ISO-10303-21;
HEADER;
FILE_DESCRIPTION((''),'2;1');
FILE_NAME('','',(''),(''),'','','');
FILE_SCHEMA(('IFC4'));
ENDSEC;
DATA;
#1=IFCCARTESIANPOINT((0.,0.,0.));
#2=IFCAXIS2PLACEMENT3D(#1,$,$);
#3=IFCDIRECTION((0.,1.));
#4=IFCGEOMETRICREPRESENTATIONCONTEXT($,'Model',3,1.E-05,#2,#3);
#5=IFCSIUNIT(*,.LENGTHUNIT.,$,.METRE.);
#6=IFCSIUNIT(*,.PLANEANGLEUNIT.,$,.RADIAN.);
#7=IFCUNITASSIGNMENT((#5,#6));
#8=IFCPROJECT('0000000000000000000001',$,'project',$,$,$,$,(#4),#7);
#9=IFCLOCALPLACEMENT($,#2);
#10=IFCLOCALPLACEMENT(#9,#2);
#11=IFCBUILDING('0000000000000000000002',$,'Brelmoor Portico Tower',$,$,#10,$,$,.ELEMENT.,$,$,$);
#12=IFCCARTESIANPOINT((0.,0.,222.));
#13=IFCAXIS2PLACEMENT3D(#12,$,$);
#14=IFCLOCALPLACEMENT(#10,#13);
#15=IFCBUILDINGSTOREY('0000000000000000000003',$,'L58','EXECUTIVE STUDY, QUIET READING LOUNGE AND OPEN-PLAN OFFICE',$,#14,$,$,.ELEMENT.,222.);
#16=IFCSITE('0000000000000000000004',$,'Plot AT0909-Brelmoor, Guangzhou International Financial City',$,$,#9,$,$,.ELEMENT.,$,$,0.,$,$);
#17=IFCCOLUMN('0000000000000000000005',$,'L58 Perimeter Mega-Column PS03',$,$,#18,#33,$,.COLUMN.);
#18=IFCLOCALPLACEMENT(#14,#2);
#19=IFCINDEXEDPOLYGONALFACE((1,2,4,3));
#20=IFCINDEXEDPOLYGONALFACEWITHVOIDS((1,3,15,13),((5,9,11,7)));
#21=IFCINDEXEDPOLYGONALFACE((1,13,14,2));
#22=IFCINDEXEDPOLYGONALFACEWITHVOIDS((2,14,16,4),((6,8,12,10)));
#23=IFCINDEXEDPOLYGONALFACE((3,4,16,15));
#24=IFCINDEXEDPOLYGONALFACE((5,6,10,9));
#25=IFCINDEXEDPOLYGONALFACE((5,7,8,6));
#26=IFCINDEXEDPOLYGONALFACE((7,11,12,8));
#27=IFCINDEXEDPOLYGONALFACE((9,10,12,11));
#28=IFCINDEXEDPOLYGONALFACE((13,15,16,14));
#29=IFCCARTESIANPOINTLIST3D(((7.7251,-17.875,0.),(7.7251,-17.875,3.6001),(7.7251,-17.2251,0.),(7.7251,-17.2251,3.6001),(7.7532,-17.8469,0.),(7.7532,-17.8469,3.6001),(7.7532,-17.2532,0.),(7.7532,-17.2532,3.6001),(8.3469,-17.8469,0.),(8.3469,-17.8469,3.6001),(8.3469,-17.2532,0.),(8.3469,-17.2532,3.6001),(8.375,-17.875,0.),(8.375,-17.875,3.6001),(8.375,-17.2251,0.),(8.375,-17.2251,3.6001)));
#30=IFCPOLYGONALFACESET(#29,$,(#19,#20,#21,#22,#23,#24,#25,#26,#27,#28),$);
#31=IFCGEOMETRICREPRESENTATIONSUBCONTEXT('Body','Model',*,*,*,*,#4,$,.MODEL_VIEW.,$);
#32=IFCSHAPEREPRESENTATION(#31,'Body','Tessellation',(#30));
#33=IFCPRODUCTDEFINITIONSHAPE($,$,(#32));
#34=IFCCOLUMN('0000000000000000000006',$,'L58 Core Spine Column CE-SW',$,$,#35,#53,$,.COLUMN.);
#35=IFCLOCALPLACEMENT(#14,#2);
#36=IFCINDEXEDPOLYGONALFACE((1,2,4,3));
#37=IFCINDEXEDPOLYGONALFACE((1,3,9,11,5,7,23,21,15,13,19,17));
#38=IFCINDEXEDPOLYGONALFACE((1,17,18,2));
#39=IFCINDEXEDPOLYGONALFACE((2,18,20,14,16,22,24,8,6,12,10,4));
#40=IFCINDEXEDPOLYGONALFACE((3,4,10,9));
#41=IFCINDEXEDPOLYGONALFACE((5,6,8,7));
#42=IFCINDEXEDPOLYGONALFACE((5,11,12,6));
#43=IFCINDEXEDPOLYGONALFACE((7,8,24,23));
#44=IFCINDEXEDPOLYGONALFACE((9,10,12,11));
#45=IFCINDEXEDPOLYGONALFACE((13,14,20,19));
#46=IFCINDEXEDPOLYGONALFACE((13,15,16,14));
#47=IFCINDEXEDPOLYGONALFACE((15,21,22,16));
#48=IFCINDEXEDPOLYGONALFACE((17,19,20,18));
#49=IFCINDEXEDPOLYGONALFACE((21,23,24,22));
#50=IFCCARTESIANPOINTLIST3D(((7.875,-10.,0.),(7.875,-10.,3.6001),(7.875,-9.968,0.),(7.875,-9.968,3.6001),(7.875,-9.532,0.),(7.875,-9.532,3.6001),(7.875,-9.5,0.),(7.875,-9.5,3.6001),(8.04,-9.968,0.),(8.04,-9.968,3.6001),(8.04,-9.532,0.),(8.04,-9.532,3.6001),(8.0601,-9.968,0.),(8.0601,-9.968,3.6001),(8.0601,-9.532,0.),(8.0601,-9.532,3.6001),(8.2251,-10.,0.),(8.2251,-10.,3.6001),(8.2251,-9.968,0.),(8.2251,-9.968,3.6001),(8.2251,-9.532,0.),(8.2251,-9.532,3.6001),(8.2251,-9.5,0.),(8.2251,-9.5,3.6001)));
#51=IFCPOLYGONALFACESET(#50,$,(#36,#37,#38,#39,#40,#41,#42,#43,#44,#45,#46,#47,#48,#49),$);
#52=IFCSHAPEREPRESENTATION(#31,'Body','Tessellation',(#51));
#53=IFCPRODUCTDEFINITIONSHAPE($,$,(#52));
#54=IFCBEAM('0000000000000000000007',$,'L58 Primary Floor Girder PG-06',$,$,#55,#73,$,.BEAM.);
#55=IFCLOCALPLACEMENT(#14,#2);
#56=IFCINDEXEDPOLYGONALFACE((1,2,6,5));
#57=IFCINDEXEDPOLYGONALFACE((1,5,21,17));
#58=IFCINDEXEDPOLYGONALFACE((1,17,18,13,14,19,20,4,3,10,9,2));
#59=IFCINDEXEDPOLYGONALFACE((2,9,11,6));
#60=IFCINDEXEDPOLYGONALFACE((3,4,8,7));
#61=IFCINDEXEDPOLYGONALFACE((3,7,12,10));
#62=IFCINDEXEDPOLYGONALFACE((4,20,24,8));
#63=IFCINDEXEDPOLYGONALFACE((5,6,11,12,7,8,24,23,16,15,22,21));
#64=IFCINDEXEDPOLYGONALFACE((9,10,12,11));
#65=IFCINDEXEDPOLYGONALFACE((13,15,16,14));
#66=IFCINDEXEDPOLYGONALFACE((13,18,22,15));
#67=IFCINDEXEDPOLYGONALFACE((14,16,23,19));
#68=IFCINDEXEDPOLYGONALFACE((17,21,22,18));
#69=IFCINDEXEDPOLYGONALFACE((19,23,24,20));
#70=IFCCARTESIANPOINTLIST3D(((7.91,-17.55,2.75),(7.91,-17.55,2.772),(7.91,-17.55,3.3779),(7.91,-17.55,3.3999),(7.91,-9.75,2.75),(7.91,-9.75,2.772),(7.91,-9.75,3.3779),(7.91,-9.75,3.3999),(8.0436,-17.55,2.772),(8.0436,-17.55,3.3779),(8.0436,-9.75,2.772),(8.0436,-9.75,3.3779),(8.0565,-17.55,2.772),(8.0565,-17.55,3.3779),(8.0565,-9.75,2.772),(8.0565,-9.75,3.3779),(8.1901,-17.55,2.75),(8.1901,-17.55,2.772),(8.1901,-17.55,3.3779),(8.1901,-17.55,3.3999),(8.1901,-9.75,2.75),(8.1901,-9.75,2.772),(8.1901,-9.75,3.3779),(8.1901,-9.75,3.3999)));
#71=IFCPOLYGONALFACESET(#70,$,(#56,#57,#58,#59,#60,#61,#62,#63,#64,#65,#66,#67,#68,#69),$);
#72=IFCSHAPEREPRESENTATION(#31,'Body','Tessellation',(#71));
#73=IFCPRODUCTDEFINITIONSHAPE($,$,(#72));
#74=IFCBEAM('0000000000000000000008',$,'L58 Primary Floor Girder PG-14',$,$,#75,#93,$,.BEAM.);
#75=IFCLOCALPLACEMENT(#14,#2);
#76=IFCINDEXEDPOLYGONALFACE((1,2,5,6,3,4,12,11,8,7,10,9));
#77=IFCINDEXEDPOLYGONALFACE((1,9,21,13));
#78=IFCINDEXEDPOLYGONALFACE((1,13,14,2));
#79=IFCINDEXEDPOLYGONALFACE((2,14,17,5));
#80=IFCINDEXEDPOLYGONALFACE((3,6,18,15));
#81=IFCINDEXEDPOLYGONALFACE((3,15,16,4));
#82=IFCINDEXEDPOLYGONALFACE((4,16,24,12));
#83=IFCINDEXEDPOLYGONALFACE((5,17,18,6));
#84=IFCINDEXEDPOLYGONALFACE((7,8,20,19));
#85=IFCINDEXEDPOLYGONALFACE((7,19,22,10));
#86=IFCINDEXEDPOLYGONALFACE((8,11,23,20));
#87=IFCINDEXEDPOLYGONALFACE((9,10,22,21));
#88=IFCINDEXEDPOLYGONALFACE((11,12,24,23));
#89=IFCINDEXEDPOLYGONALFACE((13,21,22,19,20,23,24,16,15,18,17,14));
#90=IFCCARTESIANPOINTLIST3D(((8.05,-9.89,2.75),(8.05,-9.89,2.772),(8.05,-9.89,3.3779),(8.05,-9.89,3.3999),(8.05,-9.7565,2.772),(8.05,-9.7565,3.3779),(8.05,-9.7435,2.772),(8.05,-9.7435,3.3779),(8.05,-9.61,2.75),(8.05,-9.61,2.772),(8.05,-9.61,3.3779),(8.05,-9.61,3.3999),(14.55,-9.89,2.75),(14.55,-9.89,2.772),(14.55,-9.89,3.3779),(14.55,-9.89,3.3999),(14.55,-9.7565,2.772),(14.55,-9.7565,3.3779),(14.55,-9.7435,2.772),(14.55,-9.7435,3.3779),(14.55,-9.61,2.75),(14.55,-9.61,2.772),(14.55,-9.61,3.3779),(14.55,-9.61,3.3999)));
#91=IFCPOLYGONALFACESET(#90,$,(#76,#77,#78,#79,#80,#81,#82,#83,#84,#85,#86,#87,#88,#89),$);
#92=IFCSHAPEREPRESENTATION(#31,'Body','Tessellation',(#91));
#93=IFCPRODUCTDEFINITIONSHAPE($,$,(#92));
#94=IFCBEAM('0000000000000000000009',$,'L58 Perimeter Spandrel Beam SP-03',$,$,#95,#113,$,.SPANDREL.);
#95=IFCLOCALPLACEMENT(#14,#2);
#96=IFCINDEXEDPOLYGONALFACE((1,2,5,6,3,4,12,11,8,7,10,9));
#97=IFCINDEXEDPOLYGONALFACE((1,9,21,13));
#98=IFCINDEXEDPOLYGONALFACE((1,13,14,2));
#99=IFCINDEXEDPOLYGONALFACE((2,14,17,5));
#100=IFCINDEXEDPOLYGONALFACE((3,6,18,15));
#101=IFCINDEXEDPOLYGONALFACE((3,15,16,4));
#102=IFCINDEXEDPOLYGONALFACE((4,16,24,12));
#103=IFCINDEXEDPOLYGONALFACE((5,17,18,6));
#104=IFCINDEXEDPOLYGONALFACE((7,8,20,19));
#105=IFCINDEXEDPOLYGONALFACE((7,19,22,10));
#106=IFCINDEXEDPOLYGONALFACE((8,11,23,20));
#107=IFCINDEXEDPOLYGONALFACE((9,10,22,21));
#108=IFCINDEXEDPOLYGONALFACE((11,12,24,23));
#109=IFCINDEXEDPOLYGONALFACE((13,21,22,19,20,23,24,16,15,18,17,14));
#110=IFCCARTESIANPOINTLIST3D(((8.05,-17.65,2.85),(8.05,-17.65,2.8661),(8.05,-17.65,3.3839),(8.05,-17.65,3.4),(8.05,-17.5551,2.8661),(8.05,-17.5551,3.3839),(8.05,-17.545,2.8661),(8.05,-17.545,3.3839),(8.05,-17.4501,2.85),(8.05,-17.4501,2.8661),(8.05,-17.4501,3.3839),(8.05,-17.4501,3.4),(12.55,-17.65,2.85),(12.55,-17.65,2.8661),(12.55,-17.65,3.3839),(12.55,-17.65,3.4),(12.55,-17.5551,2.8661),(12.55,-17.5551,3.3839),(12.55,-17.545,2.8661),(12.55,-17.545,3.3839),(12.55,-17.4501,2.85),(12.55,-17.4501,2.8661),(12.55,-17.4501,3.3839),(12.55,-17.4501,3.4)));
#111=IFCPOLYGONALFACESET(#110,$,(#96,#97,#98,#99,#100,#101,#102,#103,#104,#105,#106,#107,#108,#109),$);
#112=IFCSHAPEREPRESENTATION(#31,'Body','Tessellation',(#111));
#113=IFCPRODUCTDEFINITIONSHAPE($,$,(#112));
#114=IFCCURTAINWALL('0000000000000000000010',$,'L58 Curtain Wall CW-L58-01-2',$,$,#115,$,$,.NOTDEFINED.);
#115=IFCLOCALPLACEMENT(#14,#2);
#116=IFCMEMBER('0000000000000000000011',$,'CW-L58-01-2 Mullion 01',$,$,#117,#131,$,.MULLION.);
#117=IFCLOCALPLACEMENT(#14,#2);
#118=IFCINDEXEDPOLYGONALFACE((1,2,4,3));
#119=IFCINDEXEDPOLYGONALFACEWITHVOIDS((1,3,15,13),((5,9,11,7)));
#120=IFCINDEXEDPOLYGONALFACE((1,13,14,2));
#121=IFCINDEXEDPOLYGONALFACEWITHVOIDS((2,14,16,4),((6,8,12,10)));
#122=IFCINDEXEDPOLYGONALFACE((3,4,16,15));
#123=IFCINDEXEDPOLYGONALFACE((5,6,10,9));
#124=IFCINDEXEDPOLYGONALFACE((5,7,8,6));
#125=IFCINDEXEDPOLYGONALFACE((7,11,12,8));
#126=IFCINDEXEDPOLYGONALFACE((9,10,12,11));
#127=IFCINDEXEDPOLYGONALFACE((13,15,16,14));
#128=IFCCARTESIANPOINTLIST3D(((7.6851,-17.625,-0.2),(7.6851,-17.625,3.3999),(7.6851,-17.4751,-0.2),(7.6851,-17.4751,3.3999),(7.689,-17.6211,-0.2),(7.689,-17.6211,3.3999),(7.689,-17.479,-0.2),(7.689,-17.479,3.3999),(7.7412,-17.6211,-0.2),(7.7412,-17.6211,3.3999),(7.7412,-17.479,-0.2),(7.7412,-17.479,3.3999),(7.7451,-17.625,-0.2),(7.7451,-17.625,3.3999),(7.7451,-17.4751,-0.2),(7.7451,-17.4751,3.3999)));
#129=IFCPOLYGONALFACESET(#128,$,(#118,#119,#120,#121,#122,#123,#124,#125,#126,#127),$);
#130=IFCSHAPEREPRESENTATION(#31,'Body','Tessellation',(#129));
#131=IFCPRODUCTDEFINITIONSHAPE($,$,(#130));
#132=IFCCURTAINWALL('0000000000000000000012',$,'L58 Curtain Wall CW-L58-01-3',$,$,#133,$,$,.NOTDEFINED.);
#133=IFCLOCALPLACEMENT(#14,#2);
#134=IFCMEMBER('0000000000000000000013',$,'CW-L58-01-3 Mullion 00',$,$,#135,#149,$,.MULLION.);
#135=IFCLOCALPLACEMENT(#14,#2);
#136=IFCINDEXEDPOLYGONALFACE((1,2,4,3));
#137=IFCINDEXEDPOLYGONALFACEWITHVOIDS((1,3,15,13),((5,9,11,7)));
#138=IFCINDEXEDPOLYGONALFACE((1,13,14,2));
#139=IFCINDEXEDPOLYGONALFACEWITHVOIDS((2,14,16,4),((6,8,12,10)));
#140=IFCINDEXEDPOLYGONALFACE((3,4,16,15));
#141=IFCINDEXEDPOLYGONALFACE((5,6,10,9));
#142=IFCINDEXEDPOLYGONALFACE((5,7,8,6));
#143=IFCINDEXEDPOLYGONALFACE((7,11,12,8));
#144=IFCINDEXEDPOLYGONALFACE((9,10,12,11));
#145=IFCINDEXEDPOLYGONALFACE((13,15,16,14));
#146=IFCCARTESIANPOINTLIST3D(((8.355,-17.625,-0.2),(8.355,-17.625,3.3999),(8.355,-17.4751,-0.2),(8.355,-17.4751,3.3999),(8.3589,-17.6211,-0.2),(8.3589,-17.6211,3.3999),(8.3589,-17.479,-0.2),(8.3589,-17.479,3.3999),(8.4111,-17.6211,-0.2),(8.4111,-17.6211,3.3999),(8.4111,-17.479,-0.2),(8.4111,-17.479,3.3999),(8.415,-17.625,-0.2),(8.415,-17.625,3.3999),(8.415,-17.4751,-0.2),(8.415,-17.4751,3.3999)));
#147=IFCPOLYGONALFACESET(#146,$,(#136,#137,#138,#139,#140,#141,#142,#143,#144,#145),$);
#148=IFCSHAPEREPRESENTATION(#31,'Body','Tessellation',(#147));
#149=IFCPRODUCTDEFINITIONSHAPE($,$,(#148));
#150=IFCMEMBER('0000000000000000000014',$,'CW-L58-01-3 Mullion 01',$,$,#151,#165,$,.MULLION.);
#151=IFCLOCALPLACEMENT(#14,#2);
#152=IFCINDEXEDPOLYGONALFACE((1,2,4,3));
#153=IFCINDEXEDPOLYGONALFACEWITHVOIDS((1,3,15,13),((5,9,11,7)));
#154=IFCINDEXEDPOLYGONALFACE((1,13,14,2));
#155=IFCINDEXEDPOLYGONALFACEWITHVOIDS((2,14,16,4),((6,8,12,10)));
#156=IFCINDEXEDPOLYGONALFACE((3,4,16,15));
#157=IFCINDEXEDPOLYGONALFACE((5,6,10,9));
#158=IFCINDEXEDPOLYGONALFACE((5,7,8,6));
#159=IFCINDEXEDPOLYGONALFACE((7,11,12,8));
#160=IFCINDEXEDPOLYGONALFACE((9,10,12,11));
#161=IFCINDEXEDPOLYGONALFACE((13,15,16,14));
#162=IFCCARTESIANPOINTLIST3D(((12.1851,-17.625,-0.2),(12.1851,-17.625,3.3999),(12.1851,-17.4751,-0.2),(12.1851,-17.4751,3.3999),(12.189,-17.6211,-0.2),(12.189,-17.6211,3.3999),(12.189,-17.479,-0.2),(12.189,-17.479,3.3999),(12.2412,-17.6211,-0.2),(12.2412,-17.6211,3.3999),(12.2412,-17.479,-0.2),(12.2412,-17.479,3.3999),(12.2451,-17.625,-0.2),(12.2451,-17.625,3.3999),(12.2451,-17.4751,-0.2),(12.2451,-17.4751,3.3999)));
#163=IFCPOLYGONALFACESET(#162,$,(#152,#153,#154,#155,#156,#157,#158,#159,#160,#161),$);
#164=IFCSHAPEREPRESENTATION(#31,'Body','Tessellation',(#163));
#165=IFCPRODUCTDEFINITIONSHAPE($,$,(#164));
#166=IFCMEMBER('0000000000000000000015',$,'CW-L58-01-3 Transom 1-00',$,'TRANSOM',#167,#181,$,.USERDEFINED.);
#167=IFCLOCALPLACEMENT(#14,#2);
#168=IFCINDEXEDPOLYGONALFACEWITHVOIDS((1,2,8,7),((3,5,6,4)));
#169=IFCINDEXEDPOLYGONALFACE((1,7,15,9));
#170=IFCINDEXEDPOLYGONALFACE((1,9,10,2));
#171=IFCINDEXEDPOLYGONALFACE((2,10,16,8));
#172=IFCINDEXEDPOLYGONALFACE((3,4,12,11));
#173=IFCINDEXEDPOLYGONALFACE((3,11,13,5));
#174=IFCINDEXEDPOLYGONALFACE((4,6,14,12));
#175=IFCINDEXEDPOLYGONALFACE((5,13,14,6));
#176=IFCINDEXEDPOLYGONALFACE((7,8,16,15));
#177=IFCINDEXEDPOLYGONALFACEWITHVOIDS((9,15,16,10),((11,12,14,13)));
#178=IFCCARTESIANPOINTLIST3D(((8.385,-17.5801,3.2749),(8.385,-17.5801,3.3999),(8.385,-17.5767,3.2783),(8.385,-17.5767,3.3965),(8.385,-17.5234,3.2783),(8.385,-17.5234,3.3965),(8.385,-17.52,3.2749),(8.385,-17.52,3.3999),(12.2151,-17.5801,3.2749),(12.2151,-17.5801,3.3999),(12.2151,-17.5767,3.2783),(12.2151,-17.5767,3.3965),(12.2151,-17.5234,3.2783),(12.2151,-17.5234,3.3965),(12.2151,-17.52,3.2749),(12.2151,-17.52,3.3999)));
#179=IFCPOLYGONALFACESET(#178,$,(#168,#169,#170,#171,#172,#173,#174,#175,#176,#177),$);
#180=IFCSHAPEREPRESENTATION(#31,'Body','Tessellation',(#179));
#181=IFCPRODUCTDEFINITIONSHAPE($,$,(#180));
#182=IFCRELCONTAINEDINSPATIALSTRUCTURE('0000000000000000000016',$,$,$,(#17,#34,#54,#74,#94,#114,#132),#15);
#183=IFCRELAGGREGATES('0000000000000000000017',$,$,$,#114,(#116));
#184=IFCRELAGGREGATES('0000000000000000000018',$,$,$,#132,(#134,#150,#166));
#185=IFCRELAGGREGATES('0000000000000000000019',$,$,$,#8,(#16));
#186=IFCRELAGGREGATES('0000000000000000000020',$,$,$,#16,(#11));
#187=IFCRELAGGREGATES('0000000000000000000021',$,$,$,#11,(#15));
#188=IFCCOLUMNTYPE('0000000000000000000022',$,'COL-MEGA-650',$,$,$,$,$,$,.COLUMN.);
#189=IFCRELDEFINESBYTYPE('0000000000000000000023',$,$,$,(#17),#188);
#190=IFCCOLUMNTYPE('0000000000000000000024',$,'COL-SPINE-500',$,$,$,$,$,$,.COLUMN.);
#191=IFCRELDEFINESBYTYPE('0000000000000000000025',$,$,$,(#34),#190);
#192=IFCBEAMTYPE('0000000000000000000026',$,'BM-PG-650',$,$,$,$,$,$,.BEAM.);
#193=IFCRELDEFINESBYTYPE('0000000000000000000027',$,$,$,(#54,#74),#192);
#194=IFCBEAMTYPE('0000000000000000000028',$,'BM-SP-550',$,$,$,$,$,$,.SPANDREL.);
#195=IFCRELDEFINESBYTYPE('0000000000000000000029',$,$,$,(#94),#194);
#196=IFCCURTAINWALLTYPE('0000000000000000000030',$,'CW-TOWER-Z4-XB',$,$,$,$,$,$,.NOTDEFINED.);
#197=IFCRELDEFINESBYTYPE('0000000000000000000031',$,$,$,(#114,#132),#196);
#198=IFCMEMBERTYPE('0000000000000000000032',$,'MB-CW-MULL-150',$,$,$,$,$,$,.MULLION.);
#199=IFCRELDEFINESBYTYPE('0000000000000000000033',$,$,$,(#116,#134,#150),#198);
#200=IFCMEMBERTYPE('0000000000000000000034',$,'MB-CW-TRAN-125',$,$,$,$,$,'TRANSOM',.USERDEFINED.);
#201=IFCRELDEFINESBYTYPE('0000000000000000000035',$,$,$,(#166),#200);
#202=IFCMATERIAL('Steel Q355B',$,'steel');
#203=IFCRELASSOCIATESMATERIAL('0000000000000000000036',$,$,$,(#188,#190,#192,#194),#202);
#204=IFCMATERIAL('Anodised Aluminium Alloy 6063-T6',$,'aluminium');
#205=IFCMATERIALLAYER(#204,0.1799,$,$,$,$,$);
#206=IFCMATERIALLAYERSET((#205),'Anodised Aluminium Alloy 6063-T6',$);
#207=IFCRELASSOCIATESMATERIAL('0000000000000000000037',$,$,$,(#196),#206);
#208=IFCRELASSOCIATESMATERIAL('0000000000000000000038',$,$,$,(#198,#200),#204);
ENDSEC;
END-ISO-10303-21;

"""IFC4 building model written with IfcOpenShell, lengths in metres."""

from ifc_helpers import new_model, si_unit, direction, frame, origin, origin_2d, place, context, subcontext, project, spatial, hollow_rectangle, i_section, extrude, material, layer, layer_set, material_profile, profile_set, type_object, element, aggregate, save


model = new_model("IFC4")

# Units and contexts
model_context = context("Model", 3, precision=1e-05, world=origin(), true_north=direction((0.0, 1.0)))
body_context = subcontext(model_context, "Body", "Model", "MODEL_VIEW")
ifc_project = project(units=[si_unit("LENGTHUNIT", "METRE"), si_unit("PLANEANGLEUNIT", "RADIAN")], contexts=[model_context])

# Site, building, storey
site_placement = place(None, origin())
site = spatial("IfcSite", under=ifc_project, at=site_placement, Name="Plot AT0909-Brelmoor, Guangzhou International Financial City", CompositionType="ELEMENT", RefElevation=0.0)
building_placement = place(site_placement, origin())
building = spatial("IfcBuilding", under=site, at=building_placement, Name="Brelmoor Portico Tower", CompositionType="ELEMENT")
storey_placement = place(building_placement, frame((0.0, 0.0, 222.0)))
storey = spatial("IfcBuildingStorey", under=building, at=storey_placement, Name="L58", Description="EXECUTIVE STUDY, QUIET READING LOUNGE AND OPEN-PLAN OFFICE", CompositionType="ELEMENT", Elevation=222.0)

# Columns
ifc_material_1 = material(Name="Steel Q355B", Category="steel")
ifc_material_profile_1 = material_profile(ifc_material_1, hollow_rectangle(XDim=0.6499, YDim=0.6499, WallThickness=0.0281, at=origin_2d()), Name="BOX 650x650x28")
ifc_profile_set_1 = profile_set([ifc_material_profile_1], Name="Steel Q355B")
column_type_1 = type_object("IfcColumnType", Name="COL-MEGA-650", PredefinedType="COLUMN", material=ifc_profile_set_1)
column_1_placement = place(storey_placement, frame((8.05, -17.55, 0.0), z_axis=(0.0, 0.0, 1.0), x_axis=(1.0, 0.0, 0.0)))
element("IfcColumn", 1, at=column_1_placement, inside=storey, type_object=column_type_1, Name="L58 Perimeter Mega-Column PS03", PredefinedType="COLUMN", context=body_context, shape_type="SweptSolid", body=[
    extrude(hollow_rectangle(XDim=0.6499, YDim=0.6499, WallThickness=0.0281, at=origin_2d()), origin(), (0.0, 0.0, 1.0), 3.6001),
])
ifc_material_profile_2 = material_profile(ifc_material_1, i_section(OverallWidth=0.3501, OverallDepth=0.5, WebThickness=0.02, FlangeThickness=0.032, at=origin_2d()), Name="HW 500x350x20x32")
ifc_profile_set_2 = profile_set([ifc_material_profile_2], Name="Steel Q355B")
column_type_2 = type_object("IfcColumnType", Name="COL-SPINE-500", PredefinedType="COLUMN", material=ifc_profile_set_2)
column_2_placement = place(storey_placement, frame((8.05, -9.75, 0.0), z_axis=(0.0, 0.0, 1.0), x_axis=(1.0, 0.0, 0.0)))
element("IfcColumn", 2, at=column_2_placement, inside=storey, type_object=column_type_2, Name="L58 Core Spine Column CE-SW", PredefinedType="COLUMN", context=body_context, shape_type="SweptSolid", body=[
    extrude(i_section(OverallWidth=0.3501, OverallDepth=0.5, WebThickness=0.02, FlangeThickness=0.032, at=origin_2d()), origin(), (0.0, 0.0, 1.0), 3.6001),
])

# Beams
ifc_material_profile_3 = material_profile(ifc_material_1, i_section(OverallWidth=0.28, OverallDepth=0.6499, WebThickness=0.0129, FlangeThickness=0.022, at=origin_2d()), Name="HN 650x280x13x22")
ifc_profile_set_3 = profile_set([ifc_material_profile_3], Name="Steel Q355B")
beam_type_1 = type_object("IfcBeamType", Name="BM-PG-650", PredefinedType="BEAM", material=ifc_profile_set_3)
beam_1_placement = place(storey_placement, frame((8.05, -17.55, 3.075), z_axis=(0.0, 1.0, 0.0), x_axis=(-1.0, 0.0, 0.0)))
element("IfcBeam", 3, at=beam_1_placement, inside=storey, type_object=beam_type_1, Name="L58 Primary Floor Girder PG-06", PredefinedType="BEAM", context=body_context, shape_type="SweptSolid", body=[
    extrude(i_section(OverallWidth=0.28, OverallDepth=0.6499, WebThickness=0.0129, FlangeThickness=0.022, at=origin_2d()), origin(), (0.0, 0.0, 1.0), 7.8),
])
beam_2_placement = place(storey_placement, frame((8.05, -9.75, 3.075), z_axis=(1.0, 0.0, 0.0), x_axis=(0.0, 1.0, 0.0)))
element("IfcBeam", 4, at=beam_2_placement, inside=storey, type_object=beam_type_1, Name="L58 Primary Floor Girder PG-14", PredefinedType="BEAM", context=body_context, shape_type="SweptSolid", body=[
    extrude(i_section(OverallWidth=0.28, OverallDepth=0.6499, WebThickness=0.0129, FlangeThickness=0.022, at=origin_2d()), origin(), (0.0, 0.0, 1.0), 6.5),
])
ifc_material_profile_4 = material_profile(ifc_material_1, i_section(OverallWidth=0.2, OverallDepth=0.55, WebThickness=0.01, FlangeThickness=0.0161, at=origin_2d()), Name="HN 550x200x10x16")
ifc_profile_set_4 = profile_set([ifc_material_profile_4], Name="Steel Q355B")
beam_type_2 = type_object("IfcBeamType", Name="BM-SP-550", PredefinedType="SPANDREL", material=ifc_profile_set_4)
beam_3_placement = place(storey_placement, frame((8.05, -17.55, 3.125), z_axis=(1.0, 0.0, 0.0), x_axis=(0.0, 1.0, 0.0)))
element("IfcBeam", 5, at=beam_3_placement, inside=storey, type_object=beam_type_2, Name="L58 Perimeter Spandrel Beam SP-03", PredefinedType="SPANDREL", context=body_context, shape_type="SweptSolid", body=[
    extrude(i_section(OverallWidth=0.2, OverallDepth=0.55, WebThickness=0.01, FlangeThickness=0.0161, at=origin_2d()), origin(), (0.0, 0.0, 1.0), 4.5),
])

# Curtain wall, member
ifc_material_2 = material(Name="Anodised Aluminium Alloy 6063-T6", Category="aluminium")
ifc_layer_1 = layer(ifc_material_2, 0.1799)
ifc_layer_set_1 = layer_set([ifc_layer_1], Name="Anodised Aluminium Alloy 6063-T6")
curtain_wall_type = type_object("IfcCurtainWallType", Name="CW-TOWER-Z4-XB", PredefinedType="NOTDEFINED", material=ifc_layer_set_1)
curtain_wall_1_placement = place(storey_placement, origin())
curtain_wall_1 = element("IfcCurtainWall", 6, at=curtain_wall_1_placement, inside=storey, type_object=curtain_wall_type, Name="L58 Curtain Wall CW-L58-01-2", PredefinedType="NOTDEFINED")
ifc_material_profile_5 = material_profile(ifc_material_2, hollow_rectangle(XDim=0.0601, YDim=0.1499, WallThickness=0.0039, at=origin_2d()), Name="ALU MULLION 60x150")
ifc_profile_set_5 = profile_set([ifc_material_profile_5], Name="Anodised Aluminium Alloy 6063-T6")
member_type_1 = type_object("IfcMemberType", Name="MB-CW-MULL-150", PredefinedType="MULLION", material=ifc_profile_set_5)
member_1_placement = place(storey_placement, frame((7.7151, -17.55, -0.2), z_axis=(0.0, 0.0, 1.0), x_axis=(1.0, 0.0, 0.0)))
member_1 = element("IfcMember", 7, at=member_1_placement, type_object=member_type_1, Name="CW-L58-01-2 Mullion 01", PredefinedType="MULLION", context=body_context, shape_type="SweptSolid", body=[
    extrude(hollow_rectangle(XDim=0.0601, YDim=0.1499, WallThickness=0.0039, at=origin_2d()), origin(), (0.0, 0.0, 1.0), 3.5999),
])

# Curtain wall, members
curtain_wall_2_placement = place(storey_placement, origin())
curtain_wall_2 = element("IfcCurtainWall", 8, at=curtain_wall_2_placement, inside=storey, type_object=curtain_wall_type, Name="L58 Curtain Wall CW-L58-01-3", PredefinedType="NOTDEFINED")
member_2_placement = place(storey_placement, frame((8.385, -17.55, -0.2), z_axis=(0.0, 0.0, 1.0), x_axis=(1.0, 0.0, 0.0)))
member_2 = element("IfcMember", 9, at=member_2_placement, type_object=member_type_1, Name="CW-L58-01-3 Mullion 00", PredefinedType="MULLION", context=body_context, shape_type="SweptSolid", body=[
    extrude(hollow_rectangle(XDim=0.0601, YDim=0.1499, WallThickness=0.0039, at=origin_2d()), origin(), (0.0, 0.0, 1.0), 3.5999),
])
member_3_placement = place(storey_placement, frame((12.2151, -17.55, -0.2), z_axis=(0.0, 0.0, 1.0), x_axis=(1.0, 0.0, 0.0)))
member_3 = element("IfcMember", 10, at=member_3_placement, type_object=member_type_1, Name="CW-L58-01-3 Mullion 01", PredefinedType="MULLION", context=body_context, shape_type="SweptSolid", body=[
    extrude(hollow_rectangle(XDim=0.0601, YDim=0.1499, WallThickness=0.0039, at=origin_2d()), origin(), (0.0, 0.0, 1.0), 3.5999),
])
ifc_material_profile_6 = material_profile(ifc_material_2, hollow_rectangle(XDim=0.0601, YDim=0.125, WallThickness=0.0034, at=origin_2d()), Name="ALU TRANSOM 60x125")
ifc_profile_set_6 = profile_set([ifc_material_profile_6], Name="Anodised Aluminium Alloy 6063-T6")
member_type_2 = type_object("IfcMemberType", Name="MB-CW-TRAN-125", ElementType="TRANSOM", PredefinedType="USERDEFINED", material=ifc_profile_set_6)
member_4_placement = place(storey_placement, frame((8.385, -17.55, 3.3374), z_axis=(1.0, 0.0, 0.0), x_axis=(0.0, 1.0, 0.0)))
member_4 = element("IfcMember", 11, at=member_4_placement, type_object=member_type_2, Name="CW-L58-01-3 Transom 1-00", ObjectType="TRANSOM", PredefinedType="USERDEFINED", context=body_context, shape_type="SweptSolid", body=[
    extrude(hollow_rectangle(XDim=0.0601, YDim=0.125, WallThickness=0.0034, at=origin_2d()), origin(), (0.0, 0.0, 1.0), 3.8301),
])

aggregate(curtain_wall_1, [member_1])
aggregate(curtain_wall_2, [member_2, member_3, member_4])

save(model, "model.ifc")
